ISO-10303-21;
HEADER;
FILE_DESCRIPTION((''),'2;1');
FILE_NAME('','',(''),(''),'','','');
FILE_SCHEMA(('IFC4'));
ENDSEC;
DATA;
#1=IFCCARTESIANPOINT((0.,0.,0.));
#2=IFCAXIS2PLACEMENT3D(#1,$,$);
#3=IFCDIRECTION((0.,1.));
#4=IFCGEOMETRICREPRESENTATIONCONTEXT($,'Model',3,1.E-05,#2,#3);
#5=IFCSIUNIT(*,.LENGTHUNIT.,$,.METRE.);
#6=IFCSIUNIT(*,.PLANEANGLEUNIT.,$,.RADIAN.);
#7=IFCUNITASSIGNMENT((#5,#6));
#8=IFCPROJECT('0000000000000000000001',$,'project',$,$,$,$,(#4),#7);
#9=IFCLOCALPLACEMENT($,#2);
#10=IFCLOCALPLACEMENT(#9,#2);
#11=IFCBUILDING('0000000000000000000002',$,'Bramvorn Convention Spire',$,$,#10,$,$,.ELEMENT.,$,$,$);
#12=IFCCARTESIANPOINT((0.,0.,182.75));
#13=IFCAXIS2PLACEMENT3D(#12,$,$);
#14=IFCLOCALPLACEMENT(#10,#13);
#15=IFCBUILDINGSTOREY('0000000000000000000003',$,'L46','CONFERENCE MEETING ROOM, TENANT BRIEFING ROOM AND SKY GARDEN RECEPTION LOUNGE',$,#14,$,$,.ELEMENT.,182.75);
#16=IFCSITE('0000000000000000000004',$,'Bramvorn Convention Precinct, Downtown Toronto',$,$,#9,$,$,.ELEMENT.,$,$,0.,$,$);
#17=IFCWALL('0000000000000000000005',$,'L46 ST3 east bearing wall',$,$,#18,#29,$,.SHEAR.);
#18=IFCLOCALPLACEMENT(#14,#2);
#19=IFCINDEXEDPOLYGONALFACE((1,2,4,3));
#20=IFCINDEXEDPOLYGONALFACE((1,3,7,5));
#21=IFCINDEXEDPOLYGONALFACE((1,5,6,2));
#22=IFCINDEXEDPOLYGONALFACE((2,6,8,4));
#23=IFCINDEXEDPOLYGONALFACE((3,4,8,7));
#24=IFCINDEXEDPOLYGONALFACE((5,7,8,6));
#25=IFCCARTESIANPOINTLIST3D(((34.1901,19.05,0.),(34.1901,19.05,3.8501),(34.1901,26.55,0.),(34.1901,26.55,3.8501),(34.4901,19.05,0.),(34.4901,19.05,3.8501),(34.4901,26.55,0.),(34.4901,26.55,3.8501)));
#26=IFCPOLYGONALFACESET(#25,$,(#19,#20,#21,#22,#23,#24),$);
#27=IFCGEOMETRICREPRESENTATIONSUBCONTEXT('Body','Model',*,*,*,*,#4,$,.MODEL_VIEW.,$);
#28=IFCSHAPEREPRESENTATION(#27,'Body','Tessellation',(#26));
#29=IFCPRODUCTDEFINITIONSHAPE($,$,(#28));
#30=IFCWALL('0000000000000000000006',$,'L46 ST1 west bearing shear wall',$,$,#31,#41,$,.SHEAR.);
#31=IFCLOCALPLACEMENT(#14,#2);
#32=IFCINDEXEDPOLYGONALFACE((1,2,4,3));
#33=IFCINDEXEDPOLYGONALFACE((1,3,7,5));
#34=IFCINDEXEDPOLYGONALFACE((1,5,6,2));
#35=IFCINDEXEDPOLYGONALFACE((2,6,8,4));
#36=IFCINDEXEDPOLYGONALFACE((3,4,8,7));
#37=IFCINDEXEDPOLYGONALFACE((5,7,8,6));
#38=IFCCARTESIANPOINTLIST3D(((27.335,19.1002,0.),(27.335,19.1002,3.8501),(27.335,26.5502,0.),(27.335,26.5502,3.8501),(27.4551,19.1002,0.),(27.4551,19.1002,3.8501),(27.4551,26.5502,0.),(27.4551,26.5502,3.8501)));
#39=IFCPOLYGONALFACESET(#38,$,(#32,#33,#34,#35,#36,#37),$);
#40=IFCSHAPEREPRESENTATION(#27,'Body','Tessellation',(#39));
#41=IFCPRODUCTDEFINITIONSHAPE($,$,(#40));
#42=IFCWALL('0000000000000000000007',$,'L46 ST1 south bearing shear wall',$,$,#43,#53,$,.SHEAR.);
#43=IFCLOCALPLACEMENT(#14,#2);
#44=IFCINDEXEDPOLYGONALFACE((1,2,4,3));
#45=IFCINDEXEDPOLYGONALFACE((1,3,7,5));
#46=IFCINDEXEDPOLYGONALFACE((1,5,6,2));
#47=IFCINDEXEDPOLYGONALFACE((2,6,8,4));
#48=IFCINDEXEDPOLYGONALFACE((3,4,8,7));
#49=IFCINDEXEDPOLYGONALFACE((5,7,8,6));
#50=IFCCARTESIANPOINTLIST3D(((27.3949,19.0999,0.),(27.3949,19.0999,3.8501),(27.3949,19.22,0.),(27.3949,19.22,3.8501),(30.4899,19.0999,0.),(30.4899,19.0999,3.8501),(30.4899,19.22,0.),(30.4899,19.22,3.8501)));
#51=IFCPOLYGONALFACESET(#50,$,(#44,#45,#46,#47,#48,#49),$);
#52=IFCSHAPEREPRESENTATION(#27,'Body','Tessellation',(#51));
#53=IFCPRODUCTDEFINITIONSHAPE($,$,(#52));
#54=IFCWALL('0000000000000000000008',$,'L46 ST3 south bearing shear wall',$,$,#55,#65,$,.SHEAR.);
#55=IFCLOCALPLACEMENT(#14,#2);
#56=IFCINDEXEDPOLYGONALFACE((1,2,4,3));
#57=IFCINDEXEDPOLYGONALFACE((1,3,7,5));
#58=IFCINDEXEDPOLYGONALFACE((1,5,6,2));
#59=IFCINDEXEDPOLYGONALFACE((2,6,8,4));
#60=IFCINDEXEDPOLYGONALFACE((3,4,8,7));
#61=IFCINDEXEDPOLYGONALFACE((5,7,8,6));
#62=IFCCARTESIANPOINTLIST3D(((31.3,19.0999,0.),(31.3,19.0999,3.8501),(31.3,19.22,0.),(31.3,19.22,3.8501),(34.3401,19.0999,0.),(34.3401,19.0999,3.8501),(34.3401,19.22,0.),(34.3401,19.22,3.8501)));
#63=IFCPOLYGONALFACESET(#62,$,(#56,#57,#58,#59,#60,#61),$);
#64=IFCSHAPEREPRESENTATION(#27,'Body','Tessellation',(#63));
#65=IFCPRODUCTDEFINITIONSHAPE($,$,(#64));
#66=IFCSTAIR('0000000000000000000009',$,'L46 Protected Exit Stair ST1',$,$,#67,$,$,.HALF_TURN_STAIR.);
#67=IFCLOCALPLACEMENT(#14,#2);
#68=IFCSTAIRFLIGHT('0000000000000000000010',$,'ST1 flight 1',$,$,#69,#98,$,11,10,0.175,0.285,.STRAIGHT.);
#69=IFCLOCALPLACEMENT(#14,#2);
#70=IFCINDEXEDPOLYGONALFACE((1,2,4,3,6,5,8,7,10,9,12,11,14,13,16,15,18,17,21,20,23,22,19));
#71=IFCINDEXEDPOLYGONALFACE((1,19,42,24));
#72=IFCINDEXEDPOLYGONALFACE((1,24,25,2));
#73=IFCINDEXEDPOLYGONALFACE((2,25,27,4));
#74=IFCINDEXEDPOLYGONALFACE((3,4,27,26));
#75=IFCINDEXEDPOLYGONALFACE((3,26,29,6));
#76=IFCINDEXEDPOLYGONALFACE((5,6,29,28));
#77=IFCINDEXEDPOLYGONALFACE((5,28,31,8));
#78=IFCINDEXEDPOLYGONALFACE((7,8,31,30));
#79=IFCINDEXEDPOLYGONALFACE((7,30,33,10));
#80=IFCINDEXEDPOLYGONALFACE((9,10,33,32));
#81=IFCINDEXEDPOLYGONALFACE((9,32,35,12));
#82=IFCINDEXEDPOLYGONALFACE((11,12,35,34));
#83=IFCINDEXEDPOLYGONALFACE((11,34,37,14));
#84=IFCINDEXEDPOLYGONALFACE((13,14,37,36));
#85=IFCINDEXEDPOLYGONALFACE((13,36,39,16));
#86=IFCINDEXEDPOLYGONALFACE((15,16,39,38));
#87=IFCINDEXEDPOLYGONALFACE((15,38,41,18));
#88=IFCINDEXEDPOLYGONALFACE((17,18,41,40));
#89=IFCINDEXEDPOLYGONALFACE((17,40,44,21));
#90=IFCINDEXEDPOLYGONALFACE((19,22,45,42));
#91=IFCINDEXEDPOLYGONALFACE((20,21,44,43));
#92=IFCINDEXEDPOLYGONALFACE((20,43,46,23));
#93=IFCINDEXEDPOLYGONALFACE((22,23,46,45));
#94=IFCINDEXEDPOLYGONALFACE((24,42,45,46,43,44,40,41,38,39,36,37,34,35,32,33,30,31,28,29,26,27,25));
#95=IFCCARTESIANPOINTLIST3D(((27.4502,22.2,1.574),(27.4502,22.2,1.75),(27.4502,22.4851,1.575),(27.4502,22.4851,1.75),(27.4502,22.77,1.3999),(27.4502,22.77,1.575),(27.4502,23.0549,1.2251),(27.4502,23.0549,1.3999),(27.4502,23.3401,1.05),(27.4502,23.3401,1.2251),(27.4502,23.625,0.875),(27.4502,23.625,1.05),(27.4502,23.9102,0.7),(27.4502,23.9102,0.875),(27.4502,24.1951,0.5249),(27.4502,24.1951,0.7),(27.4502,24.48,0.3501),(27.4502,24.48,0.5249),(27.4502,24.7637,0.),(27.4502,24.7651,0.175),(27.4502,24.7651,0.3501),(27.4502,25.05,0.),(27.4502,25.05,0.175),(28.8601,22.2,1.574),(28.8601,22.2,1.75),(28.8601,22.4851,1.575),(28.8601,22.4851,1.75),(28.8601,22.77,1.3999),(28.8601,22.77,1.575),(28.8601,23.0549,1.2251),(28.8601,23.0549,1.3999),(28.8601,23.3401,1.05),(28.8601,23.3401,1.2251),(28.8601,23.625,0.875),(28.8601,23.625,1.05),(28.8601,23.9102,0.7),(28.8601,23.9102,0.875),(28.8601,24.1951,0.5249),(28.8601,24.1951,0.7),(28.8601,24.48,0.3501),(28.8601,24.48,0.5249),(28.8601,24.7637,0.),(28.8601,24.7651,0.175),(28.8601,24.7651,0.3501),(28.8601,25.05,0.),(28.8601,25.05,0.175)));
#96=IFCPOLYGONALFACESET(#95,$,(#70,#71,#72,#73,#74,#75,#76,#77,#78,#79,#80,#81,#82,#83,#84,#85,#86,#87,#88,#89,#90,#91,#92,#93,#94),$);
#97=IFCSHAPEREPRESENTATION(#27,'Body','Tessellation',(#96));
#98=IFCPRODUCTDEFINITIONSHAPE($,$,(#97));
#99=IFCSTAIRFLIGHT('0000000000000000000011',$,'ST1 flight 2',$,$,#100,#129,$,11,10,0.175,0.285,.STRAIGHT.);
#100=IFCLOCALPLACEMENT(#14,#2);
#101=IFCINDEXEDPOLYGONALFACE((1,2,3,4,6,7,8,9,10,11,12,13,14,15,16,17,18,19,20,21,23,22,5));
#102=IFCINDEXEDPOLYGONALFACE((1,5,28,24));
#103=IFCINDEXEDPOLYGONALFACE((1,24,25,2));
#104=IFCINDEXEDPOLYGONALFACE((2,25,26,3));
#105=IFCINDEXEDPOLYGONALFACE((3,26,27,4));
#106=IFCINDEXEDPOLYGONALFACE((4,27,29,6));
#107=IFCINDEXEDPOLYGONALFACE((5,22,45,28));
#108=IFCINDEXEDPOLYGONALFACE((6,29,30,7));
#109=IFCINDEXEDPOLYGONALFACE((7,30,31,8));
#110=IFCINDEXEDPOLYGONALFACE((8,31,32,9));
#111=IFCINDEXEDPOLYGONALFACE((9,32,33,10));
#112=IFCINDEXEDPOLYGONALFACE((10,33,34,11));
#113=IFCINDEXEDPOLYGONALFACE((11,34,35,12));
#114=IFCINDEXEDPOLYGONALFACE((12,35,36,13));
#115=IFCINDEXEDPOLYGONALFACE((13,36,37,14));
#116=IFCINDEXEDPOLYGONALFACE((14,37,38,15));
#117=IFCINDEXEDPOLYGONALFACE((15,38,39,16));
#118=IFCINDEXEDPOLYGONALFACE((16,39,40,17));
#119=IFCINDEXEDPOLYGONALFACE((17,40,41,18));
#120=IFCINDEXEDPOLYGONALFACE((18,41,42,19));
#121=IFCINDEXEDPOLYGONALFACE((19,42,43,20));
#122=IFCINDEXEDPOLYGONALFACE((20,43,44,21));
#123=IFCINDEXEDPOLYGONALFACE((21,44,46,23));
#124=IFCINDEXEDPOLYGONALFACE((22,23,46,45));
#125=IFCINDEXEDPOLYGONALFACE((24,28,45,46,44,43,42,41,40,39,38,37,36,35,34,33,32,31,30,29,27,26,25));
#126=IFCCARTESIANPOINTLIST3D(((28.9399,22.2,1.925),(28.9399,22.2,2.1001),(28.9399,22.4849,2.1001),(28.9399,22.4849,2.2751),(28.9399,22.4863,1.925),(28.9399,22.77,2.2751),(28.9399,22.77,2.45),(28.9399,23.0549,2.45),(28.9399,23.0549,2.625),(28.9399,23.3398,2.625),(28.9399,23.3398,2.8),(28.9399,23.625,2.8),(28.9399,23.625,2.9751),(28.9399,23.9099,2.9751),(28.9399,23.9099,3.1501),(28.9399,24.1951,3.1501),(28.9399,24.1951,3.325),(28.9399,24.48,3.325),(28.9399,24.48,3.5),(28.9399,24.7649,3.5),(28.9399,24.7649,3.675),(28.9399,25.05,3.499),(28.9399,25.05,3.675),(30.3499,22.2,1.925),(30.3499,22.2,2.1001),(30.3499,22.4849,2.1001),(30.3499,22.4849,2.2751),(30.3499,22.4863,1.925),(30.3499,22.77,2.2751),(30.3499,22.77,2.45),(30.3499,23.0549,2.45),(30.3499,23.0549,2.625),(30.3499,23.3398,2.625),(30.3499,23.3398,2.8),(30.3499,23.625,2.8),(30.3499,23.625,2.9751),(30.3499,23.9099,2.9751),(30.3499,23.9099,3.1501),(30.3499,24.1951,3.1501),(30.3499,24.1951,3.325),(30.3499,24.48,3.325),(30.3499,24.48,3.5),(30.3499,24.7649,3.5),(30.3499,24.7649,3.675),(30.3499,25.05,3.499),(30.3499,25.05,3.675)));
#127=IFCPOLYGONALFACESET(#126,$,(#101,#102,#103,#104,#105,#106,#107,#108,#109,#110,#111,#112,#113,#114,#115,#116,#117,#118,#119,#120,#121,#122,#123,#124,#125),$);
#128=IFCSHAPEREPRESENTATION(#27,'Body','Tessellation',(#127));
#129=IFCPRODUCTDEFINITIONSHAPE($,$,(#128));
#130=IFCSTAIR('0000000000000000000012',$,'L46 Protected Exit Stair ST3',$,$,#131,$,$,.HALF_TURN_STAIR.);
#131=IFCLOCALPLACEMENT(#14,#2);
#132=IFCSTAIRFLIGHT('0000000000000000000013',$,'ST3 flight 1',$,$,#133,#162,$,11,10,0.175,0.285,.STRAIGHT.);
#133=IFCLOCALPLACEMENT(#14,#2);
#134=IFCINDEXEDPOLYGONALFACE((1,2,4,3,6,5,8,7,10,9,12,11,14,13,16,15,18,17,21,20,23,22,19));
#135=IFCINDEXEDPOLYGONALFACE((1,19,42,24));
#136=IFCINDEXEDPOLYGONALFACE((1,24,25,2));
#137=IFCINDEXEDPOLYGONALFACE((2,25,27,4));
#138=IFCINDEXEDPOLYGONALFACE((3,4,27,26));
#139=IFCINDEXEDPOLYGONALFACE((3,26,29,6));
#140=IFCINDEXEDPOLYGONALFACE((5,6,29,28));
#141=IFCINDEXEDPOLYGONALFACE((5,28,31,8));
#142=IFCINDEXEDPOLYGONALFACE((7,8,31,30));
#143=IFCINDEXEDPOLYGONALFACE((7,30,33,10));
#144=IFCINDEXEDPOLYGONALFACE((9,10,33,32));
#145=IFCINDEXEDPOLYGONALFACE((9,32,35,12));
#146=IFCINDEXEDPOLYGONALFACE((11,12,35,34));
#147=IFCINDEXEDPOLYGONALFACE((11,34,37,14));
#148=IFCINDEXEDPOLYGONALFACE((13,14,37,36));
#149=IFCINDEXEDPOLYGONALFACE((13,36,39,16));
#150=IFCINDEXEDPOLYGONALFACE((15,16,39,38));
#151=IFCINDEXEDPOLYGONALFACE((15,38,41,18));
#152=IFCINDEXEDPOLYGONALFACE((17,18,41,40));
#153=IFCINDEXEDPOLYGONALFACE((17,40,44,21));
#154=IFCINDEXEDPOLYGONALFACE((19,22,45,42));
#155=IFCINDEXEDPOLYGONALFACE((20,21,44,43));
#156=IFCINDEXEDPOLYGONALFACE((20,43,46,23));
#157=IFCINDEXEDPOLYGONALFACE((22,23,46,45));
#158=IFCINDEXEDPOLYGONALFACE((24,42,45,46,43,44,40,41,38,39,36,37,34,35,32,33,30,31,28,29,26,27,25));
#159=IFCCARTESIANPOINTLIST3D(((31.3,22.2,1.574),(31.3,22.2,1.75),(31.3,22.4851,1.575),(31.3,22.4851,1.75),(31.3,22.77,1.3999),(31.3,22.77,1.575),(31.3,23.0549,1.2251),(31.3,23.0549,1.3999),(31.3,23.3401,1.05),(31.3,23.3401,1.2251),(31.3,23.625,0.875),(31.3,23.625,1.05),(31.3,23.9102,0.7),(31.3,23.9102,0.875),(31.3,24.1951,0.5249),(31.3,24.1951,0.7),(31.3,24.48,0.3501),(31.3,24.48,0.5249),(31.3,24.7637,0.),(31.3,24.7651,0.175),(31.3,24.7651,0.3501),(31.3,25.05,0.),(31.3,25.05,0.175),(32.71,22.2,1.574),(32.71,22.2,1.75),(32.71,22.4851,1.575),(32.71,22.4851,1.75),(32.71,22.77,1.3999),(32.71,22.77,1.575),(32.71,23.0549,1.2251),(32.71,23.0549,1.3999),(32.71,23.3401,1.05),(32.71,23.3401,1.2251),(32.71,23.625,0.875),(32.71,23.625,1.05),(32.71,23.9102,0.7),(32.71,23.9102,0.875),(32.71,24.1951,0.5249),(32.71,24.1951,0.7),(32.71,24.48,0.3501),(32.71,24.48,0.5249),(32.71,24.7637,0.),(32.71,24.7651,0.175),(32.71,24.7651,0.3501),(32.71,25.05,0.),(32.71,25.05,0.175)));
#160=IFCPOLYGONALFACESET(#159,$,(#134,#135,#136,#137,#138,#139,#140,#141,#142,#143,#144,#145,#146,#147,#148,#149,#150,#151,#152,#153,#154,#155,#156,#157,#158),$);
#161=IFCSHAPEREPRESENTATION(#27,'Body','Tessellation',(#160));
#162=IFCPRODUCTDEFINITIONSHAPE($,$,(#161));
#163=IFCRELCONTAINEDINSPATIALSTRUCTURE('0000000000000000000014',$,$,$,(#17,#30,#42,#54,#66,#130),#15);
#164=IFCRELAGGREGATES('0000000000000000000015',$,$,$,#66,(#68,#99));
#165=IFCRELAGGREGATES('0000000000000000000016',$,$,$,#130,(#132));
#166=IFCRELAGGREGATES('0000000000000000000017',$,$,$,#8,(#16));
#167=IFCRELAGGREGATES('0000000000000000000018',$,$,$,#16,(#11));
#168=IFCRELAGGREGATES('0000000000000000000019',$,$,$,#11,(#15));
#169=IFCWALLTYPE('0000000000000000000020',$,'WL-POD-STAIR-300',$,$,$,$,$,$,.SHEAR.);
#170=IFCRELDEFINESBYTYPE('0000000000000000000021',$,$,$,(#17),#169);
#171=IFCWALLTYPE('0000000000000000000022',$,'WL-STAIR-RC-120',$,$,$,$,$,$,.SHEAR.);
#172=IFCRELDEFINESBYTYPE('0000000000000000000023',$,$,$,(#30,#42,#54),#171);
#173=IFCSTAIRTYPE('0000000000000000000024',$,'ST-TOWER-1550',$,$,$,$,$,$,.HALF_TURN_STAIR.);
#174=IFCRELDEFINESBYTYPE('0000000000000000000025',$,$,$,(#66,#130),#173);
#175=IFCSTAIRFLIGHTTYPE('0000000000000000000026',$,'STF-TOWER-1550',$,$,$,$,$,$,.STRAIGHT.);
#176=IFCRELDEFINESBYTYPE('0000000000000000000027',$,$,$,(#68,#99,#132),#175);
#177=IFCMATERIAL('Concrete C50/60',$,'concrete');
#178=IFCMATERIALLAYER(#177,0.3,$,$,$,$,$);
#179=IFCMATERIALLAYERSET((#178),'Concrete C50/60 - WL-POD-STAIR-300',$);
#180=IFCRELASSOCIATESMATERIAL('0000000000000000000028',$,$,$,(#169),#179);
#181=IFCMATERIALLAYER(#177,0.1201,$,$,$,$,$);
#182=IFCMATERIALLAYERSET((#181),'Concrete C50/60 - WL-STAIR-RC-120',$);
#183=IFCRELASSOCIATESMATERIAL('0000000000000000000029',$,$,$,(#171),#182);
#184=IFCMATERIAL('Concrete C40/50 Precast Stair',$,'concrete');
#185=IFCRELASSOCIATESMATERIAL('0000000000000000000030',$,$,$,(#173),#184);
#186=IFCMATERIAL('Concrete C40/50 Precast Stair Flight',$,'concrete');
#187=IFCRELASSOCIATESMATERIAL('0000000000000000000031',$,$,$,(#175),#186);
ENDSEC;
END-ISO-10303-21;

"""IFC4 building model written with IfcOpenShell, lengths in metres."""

from ifc_helpers import new_model, si_unit, direction, frame, frame_2d, origin, place, context, subcontext, project, spatial, polyline, rectangle, outline, extrude, material, layer, layer_set, type_object, element, aggregate, save


model = new_model("IFC4")

# Units and contexts
model_context = context("Model", 3, precision=1e-05, world=origin(), true_north=direction((0.0, 1.0)))
body_context = subcontext(model_context, "Body", "Model", "MODEL_VIEW")
ifc_project = project(units=[si_unit("LENGTHUNIT", "METRE"), si_unit("PLANEANGLEUNIT", "RADIAN")], contexts=[model_context])

# Site, building, storey
site_placement = place(None, origin())
site = spatial("IfcSite", under=ifc_project, at=site_placement, Name="Bramvorn Convention Precinct, Downtown Toronto", CompositionType="ELEMENT", RefElevation=0.0)
building_placement = place(site_placement, origin())
building = spatial("IfcBuilding", under=site, at=building_placement, Name="Bramvorn Convention Spire", CompositionType="ELEMENT")
storey_placement = place(building_placement, frame((0.0, 0.0, 182.75)))
storey = spatial("IfcBuildingStorey", under=building, at=storey_placement, Name="L46", Description="CONFERENCE MEETING ROOM, TENANT BRIEFING ROOM AND SKY GARDEN RECEPTION LOUNGE", CompositionType="ELEMENT", Elevation=182.75)

# Walls
ifc_material_1 = material(Name="Concrete C50/60", Category="concrete")
ifc_layer_1 = layer(ifc_material_1, 0.3)
ifc_layer_set_1 = layer_set([ifc_layer_1], Name="Concrete C50/60 - WL-POD-STAIR-300")
wall_type_1 = type_object("IfcWallType", Name="WL-POD-STAIR-300", PredefinedType="SHEAR", material=ifc_layer_set_1)
for number, where, z_axis, x_axis, name in (
    (1, (34.3401, 19.05, 0.0), (0.0, 0.0, 1.0), (0.0, 1.0, 0.0), "L46 ST3 east bearing wall"),
):
    element("IfcWall", number, at=place(storey_placement, frame(where, z_axis=z_axis, x_axis=x_axis)), inside=storey, type_object=wall_type_1, Name=name, PredefinedType="SHEAR", context=body_context, shape_type="SweptSolid", body=[
        extrude(rectangle(XDim=7.5, YDim=0.3, at=frame_2d((3.75, 0.0))), origin(), (0.0, 0.0, 1.0), 3.8501),
    ])
ifc_layer_2 = layer(ifc_material_1, 0.1201)
ifc_layer_set_2 = layer_set([ifc_layer_2], Name="Concrete C50/60 - WL-STAIR-RC-120")
wall_type_2 = type_object("IfcWallType", Name="WL-STAIR-RC-120", PredefinedType="SHEAR", material=ifc_layer_set_2)
wall_1_placement = place(storey_placement, frame((27.395, 19.1001, 0.0), z_axis=(0.0, 0.0, 1.0), x_axis=(0.0, 1.0, 0.0)))
element("IfcWall", 2, at=wall_1_placement, inside=storey, type_object=wall_type_2, Name="L46 ST1 west bearing shear wall", PredefinedType="SHEAR", context=body_context, shape_type="SweptSolid", body=[
    extrude(rectangle(XDim=7.45, YDim=0.1201, at=frame_2d((3.7251, 0.0))), origin(), (0.0, 0.0, 1.0), 3.8501),
])
wall_2_placement = place(storey_placement, frame((27.395, 19.1599, 0.0), z_axis=(0.0, 0.0, 1.0), x_axis=(1.0, 0.0, 0.0)))
element("IfcWall", 3, at=wall_2_placement, inside=storey, type_object=wall_type_2, Name="L46 ST1 south bearing shear wall", PredefinedType="SHEAR", context=body_context, shape_type="SweptSolid", body=[
    extrude(rectangle(XDim=3.095, YDim=0.1201, at=frame_2d((1.5474, 0.0))), origin(), (0.0, 0.0, 1.0), 3.8501),
])
wall_3_placement = place(storey_placement, frame((31.3, 19.1599, 0.0), z_axis=(0.0, 0.0, 1.0), x_axis=(1.0, 0.0, 0.0)))
element("IfcWall", 4, at=wall_3_placement, inside=storey, type_object=wall_type_2, Name="L46 ST3 south bearing shear wall", PredefinedType="SHEAR", context=body_context, shape_type="SweptSolid", body=[
    extrude(rectangle(XDim=3.04, YDim=0.1201, at=frame_2d((1.52, 0.0))), origin(), (0.0, 0.0, 1.0), 3.8501),
])

# Stairs, stair flights
ifc_material_2 = material(Name="Concrete C40/50 Precast Stair", Category="concrete")
stair_type = type_object("IfcStairType", Name="ST-TOWER-1550", PredefinedType="HALF_TURN_STAIR", material=ifc_material_2)
stair_1_placement = place(storey_placement, origin())
stair_1 = element("IfcStair", 5, at=stair_1_placement, inside=storey, type_object=stair_type, Name="L46 Protected Exit Stair ST1", PredefinedType="HALF_TURN_STAIR")
ifc_material_3 = material(Name="Concrete C40/50 Precast Stair Flight", Category="concrete")
stair_flight_type = type_object("IfcStairFlightType", Name="STF-TOWER-1550", PredefinedType="STRAIGHT", material=ifc_material_3)
stair_flight_1_placement = place(storey_placement, frame((28.155, 25.05, 0.0), z_axis=(0.0, 0.0, 1.0), x_axis=(0.0, -1.0, 0.0)))
stair_flight_1 = element("IfcStairFlight", 6, at=stair_flight_1_placement, type_object=stair_flight_type, Name="ST1 flight 1", NumberOfRisers=11, NumberOfTreads=10, PredefinedType="STRAIGHT", RiserHeight=0.175, TreadLength=0.285, context=body_context, shape_type="SweptSolid", body=[
    extrude(outline(polyline([(0.0, 0.0), (0.0, 0.175), (0.2849, 0.175), (0.2849, 0.3501), (0.5701, 0.3501), (0.5701, 0.5249), (0.855, 0.5249), (0.855, 0.7), (1.1399, 0.7), (1.1399, 0.875), (1.425, 0.875), (1.425, 1.05), (1.71, 1.05), (1.71, 1.2251), (1.9951, 1.2251), (1.9951, 1.3999), (2.28, 1.3999), (2.28, 1.575), (2.5649, 1.575), (2.5649, 1.75), (2.8501, 1.75), (2.8501, 1.925), (2.8501, 1.574), (0.2864, 0.0), (0.0, 0.0)])), frame((0.0, 0.7051, 0.0), z_axis=(0.0, -1.0, 0.0), x_axis=(1.0, 0.0, 0.0)), (0.0, 0.0, 1.0), 1.4099),
])
stair_flight_2_placement = place(storey_placement, frame((29.645, 22.2, 1.925), z_axis=(0.0, 0.0, 1.0), x_axis=(0.0, 1.0, 0.0)))
stair_flight_2 = element("IfcStairFlight", 7, at=stair_flight_2_placement, type_object=stair_flight_type, Name="ST1 flight 2", NumberOfRisers=11, NumberOfTreads=10, PredefinedType="STRAIGHT", RiserHeight=0.175, TreadLength=0.285, context=body_context, shape_type="SweptSolid", body=[
    extrude(outline(polyline([(0.0, 0.0), (0.0, 0.175), (0.2849, 0.175), (0.2849, 0.3501), (0.5701, 0.3501), (0.5701, 0.5249), (0.855, 0.5249), (0.855, 0.7), (1.1399, 0.7), (1.1399, 0.875), (1.425, 0.875), (1.425, 1.05), (1.71, 1.05), (1.71, 1.2251), (1.9951, 1.2251), (1.9951, 1.3999), (2.28, 1.3999), (2.28, 1.575), (2.5649, 1.575), (2.5649, 1.75), (2.8501, 1.75), (2.8501, 1.925), (2.8501, 1.574), (0.2864, 0.0), (0.0, 0.0)])), frame((0.0, 0.7051, 0.0), z_axis=(0.0, -1.0, 0.0), x_axis=(1.0, 0.0, 0.0)), (0.0, 0.0, 1.0), 1.4099),
])
aggregate(stair_1, [stair_flight_1, stair_flight_2])
stair_2_placement = place(storey_placement, origin())
stair_2 = element("IfcStair", 8, at=stair_2_placement, inside=storey, type_object=stair_type, Name="L46 Protected Exit Stair ST3", PredefinedType="HALF_TURN_STAIR")
stair_flight_3_placement = place(storey_placement, frame((32.0049, 25.05, 0.0), z_axis=(0.0, 0.0, 1.0), x_axis=(0.0, -1.0, 0.0)))
stair_flight_3 = element("IfcStairFlight", 9, at=stair_flight_3_placement, type_object=stair_flight_type, Name="ST3 flight 1", NumberOfRisers=11, NumberOfTreads=10, PredefinedType="STRAIGHT", RiserHeight=0.175, TreadLength=0.285, context=body_context, shape_type="SweptSolid", body=[
    extrude(outline(polyline([(0.0, 0.0), (0.0, 0.175), (0.2849, 0.175), (0.2849, 0.3501), (0.5701, 0.3501), (0.5701, 0.5249), (0.855, 0.5249), (0.855, 0.7), (1.1399, 0.7), (1.1399, 0.875), (1.425, 0.875), (1.425, 1.05), (1.71, 1.05), (1.71, 1.2251), (1.9951, 1.2251), (1.9951, 1.3999), (2.28, 1.3999), (2.28, 1.575), (2.5649, 1.575), (2.5649, 1.75), (2.8501, 1.75), (2.8501, 1.925), (2.8501, 1.574), (0.2864, 0.0), (0.0, 0.0)])), frame((0.0, 0.7051, 0.0), z_axis=(0.0, -1.0, 0.0), x_axis=(1.0, 0.0, 0.0)), (0.0, 0.0, 1.0), 1.4099),
])
aggregate(stair_2, [stair_flight_3])

save(model, "model.ifc")
